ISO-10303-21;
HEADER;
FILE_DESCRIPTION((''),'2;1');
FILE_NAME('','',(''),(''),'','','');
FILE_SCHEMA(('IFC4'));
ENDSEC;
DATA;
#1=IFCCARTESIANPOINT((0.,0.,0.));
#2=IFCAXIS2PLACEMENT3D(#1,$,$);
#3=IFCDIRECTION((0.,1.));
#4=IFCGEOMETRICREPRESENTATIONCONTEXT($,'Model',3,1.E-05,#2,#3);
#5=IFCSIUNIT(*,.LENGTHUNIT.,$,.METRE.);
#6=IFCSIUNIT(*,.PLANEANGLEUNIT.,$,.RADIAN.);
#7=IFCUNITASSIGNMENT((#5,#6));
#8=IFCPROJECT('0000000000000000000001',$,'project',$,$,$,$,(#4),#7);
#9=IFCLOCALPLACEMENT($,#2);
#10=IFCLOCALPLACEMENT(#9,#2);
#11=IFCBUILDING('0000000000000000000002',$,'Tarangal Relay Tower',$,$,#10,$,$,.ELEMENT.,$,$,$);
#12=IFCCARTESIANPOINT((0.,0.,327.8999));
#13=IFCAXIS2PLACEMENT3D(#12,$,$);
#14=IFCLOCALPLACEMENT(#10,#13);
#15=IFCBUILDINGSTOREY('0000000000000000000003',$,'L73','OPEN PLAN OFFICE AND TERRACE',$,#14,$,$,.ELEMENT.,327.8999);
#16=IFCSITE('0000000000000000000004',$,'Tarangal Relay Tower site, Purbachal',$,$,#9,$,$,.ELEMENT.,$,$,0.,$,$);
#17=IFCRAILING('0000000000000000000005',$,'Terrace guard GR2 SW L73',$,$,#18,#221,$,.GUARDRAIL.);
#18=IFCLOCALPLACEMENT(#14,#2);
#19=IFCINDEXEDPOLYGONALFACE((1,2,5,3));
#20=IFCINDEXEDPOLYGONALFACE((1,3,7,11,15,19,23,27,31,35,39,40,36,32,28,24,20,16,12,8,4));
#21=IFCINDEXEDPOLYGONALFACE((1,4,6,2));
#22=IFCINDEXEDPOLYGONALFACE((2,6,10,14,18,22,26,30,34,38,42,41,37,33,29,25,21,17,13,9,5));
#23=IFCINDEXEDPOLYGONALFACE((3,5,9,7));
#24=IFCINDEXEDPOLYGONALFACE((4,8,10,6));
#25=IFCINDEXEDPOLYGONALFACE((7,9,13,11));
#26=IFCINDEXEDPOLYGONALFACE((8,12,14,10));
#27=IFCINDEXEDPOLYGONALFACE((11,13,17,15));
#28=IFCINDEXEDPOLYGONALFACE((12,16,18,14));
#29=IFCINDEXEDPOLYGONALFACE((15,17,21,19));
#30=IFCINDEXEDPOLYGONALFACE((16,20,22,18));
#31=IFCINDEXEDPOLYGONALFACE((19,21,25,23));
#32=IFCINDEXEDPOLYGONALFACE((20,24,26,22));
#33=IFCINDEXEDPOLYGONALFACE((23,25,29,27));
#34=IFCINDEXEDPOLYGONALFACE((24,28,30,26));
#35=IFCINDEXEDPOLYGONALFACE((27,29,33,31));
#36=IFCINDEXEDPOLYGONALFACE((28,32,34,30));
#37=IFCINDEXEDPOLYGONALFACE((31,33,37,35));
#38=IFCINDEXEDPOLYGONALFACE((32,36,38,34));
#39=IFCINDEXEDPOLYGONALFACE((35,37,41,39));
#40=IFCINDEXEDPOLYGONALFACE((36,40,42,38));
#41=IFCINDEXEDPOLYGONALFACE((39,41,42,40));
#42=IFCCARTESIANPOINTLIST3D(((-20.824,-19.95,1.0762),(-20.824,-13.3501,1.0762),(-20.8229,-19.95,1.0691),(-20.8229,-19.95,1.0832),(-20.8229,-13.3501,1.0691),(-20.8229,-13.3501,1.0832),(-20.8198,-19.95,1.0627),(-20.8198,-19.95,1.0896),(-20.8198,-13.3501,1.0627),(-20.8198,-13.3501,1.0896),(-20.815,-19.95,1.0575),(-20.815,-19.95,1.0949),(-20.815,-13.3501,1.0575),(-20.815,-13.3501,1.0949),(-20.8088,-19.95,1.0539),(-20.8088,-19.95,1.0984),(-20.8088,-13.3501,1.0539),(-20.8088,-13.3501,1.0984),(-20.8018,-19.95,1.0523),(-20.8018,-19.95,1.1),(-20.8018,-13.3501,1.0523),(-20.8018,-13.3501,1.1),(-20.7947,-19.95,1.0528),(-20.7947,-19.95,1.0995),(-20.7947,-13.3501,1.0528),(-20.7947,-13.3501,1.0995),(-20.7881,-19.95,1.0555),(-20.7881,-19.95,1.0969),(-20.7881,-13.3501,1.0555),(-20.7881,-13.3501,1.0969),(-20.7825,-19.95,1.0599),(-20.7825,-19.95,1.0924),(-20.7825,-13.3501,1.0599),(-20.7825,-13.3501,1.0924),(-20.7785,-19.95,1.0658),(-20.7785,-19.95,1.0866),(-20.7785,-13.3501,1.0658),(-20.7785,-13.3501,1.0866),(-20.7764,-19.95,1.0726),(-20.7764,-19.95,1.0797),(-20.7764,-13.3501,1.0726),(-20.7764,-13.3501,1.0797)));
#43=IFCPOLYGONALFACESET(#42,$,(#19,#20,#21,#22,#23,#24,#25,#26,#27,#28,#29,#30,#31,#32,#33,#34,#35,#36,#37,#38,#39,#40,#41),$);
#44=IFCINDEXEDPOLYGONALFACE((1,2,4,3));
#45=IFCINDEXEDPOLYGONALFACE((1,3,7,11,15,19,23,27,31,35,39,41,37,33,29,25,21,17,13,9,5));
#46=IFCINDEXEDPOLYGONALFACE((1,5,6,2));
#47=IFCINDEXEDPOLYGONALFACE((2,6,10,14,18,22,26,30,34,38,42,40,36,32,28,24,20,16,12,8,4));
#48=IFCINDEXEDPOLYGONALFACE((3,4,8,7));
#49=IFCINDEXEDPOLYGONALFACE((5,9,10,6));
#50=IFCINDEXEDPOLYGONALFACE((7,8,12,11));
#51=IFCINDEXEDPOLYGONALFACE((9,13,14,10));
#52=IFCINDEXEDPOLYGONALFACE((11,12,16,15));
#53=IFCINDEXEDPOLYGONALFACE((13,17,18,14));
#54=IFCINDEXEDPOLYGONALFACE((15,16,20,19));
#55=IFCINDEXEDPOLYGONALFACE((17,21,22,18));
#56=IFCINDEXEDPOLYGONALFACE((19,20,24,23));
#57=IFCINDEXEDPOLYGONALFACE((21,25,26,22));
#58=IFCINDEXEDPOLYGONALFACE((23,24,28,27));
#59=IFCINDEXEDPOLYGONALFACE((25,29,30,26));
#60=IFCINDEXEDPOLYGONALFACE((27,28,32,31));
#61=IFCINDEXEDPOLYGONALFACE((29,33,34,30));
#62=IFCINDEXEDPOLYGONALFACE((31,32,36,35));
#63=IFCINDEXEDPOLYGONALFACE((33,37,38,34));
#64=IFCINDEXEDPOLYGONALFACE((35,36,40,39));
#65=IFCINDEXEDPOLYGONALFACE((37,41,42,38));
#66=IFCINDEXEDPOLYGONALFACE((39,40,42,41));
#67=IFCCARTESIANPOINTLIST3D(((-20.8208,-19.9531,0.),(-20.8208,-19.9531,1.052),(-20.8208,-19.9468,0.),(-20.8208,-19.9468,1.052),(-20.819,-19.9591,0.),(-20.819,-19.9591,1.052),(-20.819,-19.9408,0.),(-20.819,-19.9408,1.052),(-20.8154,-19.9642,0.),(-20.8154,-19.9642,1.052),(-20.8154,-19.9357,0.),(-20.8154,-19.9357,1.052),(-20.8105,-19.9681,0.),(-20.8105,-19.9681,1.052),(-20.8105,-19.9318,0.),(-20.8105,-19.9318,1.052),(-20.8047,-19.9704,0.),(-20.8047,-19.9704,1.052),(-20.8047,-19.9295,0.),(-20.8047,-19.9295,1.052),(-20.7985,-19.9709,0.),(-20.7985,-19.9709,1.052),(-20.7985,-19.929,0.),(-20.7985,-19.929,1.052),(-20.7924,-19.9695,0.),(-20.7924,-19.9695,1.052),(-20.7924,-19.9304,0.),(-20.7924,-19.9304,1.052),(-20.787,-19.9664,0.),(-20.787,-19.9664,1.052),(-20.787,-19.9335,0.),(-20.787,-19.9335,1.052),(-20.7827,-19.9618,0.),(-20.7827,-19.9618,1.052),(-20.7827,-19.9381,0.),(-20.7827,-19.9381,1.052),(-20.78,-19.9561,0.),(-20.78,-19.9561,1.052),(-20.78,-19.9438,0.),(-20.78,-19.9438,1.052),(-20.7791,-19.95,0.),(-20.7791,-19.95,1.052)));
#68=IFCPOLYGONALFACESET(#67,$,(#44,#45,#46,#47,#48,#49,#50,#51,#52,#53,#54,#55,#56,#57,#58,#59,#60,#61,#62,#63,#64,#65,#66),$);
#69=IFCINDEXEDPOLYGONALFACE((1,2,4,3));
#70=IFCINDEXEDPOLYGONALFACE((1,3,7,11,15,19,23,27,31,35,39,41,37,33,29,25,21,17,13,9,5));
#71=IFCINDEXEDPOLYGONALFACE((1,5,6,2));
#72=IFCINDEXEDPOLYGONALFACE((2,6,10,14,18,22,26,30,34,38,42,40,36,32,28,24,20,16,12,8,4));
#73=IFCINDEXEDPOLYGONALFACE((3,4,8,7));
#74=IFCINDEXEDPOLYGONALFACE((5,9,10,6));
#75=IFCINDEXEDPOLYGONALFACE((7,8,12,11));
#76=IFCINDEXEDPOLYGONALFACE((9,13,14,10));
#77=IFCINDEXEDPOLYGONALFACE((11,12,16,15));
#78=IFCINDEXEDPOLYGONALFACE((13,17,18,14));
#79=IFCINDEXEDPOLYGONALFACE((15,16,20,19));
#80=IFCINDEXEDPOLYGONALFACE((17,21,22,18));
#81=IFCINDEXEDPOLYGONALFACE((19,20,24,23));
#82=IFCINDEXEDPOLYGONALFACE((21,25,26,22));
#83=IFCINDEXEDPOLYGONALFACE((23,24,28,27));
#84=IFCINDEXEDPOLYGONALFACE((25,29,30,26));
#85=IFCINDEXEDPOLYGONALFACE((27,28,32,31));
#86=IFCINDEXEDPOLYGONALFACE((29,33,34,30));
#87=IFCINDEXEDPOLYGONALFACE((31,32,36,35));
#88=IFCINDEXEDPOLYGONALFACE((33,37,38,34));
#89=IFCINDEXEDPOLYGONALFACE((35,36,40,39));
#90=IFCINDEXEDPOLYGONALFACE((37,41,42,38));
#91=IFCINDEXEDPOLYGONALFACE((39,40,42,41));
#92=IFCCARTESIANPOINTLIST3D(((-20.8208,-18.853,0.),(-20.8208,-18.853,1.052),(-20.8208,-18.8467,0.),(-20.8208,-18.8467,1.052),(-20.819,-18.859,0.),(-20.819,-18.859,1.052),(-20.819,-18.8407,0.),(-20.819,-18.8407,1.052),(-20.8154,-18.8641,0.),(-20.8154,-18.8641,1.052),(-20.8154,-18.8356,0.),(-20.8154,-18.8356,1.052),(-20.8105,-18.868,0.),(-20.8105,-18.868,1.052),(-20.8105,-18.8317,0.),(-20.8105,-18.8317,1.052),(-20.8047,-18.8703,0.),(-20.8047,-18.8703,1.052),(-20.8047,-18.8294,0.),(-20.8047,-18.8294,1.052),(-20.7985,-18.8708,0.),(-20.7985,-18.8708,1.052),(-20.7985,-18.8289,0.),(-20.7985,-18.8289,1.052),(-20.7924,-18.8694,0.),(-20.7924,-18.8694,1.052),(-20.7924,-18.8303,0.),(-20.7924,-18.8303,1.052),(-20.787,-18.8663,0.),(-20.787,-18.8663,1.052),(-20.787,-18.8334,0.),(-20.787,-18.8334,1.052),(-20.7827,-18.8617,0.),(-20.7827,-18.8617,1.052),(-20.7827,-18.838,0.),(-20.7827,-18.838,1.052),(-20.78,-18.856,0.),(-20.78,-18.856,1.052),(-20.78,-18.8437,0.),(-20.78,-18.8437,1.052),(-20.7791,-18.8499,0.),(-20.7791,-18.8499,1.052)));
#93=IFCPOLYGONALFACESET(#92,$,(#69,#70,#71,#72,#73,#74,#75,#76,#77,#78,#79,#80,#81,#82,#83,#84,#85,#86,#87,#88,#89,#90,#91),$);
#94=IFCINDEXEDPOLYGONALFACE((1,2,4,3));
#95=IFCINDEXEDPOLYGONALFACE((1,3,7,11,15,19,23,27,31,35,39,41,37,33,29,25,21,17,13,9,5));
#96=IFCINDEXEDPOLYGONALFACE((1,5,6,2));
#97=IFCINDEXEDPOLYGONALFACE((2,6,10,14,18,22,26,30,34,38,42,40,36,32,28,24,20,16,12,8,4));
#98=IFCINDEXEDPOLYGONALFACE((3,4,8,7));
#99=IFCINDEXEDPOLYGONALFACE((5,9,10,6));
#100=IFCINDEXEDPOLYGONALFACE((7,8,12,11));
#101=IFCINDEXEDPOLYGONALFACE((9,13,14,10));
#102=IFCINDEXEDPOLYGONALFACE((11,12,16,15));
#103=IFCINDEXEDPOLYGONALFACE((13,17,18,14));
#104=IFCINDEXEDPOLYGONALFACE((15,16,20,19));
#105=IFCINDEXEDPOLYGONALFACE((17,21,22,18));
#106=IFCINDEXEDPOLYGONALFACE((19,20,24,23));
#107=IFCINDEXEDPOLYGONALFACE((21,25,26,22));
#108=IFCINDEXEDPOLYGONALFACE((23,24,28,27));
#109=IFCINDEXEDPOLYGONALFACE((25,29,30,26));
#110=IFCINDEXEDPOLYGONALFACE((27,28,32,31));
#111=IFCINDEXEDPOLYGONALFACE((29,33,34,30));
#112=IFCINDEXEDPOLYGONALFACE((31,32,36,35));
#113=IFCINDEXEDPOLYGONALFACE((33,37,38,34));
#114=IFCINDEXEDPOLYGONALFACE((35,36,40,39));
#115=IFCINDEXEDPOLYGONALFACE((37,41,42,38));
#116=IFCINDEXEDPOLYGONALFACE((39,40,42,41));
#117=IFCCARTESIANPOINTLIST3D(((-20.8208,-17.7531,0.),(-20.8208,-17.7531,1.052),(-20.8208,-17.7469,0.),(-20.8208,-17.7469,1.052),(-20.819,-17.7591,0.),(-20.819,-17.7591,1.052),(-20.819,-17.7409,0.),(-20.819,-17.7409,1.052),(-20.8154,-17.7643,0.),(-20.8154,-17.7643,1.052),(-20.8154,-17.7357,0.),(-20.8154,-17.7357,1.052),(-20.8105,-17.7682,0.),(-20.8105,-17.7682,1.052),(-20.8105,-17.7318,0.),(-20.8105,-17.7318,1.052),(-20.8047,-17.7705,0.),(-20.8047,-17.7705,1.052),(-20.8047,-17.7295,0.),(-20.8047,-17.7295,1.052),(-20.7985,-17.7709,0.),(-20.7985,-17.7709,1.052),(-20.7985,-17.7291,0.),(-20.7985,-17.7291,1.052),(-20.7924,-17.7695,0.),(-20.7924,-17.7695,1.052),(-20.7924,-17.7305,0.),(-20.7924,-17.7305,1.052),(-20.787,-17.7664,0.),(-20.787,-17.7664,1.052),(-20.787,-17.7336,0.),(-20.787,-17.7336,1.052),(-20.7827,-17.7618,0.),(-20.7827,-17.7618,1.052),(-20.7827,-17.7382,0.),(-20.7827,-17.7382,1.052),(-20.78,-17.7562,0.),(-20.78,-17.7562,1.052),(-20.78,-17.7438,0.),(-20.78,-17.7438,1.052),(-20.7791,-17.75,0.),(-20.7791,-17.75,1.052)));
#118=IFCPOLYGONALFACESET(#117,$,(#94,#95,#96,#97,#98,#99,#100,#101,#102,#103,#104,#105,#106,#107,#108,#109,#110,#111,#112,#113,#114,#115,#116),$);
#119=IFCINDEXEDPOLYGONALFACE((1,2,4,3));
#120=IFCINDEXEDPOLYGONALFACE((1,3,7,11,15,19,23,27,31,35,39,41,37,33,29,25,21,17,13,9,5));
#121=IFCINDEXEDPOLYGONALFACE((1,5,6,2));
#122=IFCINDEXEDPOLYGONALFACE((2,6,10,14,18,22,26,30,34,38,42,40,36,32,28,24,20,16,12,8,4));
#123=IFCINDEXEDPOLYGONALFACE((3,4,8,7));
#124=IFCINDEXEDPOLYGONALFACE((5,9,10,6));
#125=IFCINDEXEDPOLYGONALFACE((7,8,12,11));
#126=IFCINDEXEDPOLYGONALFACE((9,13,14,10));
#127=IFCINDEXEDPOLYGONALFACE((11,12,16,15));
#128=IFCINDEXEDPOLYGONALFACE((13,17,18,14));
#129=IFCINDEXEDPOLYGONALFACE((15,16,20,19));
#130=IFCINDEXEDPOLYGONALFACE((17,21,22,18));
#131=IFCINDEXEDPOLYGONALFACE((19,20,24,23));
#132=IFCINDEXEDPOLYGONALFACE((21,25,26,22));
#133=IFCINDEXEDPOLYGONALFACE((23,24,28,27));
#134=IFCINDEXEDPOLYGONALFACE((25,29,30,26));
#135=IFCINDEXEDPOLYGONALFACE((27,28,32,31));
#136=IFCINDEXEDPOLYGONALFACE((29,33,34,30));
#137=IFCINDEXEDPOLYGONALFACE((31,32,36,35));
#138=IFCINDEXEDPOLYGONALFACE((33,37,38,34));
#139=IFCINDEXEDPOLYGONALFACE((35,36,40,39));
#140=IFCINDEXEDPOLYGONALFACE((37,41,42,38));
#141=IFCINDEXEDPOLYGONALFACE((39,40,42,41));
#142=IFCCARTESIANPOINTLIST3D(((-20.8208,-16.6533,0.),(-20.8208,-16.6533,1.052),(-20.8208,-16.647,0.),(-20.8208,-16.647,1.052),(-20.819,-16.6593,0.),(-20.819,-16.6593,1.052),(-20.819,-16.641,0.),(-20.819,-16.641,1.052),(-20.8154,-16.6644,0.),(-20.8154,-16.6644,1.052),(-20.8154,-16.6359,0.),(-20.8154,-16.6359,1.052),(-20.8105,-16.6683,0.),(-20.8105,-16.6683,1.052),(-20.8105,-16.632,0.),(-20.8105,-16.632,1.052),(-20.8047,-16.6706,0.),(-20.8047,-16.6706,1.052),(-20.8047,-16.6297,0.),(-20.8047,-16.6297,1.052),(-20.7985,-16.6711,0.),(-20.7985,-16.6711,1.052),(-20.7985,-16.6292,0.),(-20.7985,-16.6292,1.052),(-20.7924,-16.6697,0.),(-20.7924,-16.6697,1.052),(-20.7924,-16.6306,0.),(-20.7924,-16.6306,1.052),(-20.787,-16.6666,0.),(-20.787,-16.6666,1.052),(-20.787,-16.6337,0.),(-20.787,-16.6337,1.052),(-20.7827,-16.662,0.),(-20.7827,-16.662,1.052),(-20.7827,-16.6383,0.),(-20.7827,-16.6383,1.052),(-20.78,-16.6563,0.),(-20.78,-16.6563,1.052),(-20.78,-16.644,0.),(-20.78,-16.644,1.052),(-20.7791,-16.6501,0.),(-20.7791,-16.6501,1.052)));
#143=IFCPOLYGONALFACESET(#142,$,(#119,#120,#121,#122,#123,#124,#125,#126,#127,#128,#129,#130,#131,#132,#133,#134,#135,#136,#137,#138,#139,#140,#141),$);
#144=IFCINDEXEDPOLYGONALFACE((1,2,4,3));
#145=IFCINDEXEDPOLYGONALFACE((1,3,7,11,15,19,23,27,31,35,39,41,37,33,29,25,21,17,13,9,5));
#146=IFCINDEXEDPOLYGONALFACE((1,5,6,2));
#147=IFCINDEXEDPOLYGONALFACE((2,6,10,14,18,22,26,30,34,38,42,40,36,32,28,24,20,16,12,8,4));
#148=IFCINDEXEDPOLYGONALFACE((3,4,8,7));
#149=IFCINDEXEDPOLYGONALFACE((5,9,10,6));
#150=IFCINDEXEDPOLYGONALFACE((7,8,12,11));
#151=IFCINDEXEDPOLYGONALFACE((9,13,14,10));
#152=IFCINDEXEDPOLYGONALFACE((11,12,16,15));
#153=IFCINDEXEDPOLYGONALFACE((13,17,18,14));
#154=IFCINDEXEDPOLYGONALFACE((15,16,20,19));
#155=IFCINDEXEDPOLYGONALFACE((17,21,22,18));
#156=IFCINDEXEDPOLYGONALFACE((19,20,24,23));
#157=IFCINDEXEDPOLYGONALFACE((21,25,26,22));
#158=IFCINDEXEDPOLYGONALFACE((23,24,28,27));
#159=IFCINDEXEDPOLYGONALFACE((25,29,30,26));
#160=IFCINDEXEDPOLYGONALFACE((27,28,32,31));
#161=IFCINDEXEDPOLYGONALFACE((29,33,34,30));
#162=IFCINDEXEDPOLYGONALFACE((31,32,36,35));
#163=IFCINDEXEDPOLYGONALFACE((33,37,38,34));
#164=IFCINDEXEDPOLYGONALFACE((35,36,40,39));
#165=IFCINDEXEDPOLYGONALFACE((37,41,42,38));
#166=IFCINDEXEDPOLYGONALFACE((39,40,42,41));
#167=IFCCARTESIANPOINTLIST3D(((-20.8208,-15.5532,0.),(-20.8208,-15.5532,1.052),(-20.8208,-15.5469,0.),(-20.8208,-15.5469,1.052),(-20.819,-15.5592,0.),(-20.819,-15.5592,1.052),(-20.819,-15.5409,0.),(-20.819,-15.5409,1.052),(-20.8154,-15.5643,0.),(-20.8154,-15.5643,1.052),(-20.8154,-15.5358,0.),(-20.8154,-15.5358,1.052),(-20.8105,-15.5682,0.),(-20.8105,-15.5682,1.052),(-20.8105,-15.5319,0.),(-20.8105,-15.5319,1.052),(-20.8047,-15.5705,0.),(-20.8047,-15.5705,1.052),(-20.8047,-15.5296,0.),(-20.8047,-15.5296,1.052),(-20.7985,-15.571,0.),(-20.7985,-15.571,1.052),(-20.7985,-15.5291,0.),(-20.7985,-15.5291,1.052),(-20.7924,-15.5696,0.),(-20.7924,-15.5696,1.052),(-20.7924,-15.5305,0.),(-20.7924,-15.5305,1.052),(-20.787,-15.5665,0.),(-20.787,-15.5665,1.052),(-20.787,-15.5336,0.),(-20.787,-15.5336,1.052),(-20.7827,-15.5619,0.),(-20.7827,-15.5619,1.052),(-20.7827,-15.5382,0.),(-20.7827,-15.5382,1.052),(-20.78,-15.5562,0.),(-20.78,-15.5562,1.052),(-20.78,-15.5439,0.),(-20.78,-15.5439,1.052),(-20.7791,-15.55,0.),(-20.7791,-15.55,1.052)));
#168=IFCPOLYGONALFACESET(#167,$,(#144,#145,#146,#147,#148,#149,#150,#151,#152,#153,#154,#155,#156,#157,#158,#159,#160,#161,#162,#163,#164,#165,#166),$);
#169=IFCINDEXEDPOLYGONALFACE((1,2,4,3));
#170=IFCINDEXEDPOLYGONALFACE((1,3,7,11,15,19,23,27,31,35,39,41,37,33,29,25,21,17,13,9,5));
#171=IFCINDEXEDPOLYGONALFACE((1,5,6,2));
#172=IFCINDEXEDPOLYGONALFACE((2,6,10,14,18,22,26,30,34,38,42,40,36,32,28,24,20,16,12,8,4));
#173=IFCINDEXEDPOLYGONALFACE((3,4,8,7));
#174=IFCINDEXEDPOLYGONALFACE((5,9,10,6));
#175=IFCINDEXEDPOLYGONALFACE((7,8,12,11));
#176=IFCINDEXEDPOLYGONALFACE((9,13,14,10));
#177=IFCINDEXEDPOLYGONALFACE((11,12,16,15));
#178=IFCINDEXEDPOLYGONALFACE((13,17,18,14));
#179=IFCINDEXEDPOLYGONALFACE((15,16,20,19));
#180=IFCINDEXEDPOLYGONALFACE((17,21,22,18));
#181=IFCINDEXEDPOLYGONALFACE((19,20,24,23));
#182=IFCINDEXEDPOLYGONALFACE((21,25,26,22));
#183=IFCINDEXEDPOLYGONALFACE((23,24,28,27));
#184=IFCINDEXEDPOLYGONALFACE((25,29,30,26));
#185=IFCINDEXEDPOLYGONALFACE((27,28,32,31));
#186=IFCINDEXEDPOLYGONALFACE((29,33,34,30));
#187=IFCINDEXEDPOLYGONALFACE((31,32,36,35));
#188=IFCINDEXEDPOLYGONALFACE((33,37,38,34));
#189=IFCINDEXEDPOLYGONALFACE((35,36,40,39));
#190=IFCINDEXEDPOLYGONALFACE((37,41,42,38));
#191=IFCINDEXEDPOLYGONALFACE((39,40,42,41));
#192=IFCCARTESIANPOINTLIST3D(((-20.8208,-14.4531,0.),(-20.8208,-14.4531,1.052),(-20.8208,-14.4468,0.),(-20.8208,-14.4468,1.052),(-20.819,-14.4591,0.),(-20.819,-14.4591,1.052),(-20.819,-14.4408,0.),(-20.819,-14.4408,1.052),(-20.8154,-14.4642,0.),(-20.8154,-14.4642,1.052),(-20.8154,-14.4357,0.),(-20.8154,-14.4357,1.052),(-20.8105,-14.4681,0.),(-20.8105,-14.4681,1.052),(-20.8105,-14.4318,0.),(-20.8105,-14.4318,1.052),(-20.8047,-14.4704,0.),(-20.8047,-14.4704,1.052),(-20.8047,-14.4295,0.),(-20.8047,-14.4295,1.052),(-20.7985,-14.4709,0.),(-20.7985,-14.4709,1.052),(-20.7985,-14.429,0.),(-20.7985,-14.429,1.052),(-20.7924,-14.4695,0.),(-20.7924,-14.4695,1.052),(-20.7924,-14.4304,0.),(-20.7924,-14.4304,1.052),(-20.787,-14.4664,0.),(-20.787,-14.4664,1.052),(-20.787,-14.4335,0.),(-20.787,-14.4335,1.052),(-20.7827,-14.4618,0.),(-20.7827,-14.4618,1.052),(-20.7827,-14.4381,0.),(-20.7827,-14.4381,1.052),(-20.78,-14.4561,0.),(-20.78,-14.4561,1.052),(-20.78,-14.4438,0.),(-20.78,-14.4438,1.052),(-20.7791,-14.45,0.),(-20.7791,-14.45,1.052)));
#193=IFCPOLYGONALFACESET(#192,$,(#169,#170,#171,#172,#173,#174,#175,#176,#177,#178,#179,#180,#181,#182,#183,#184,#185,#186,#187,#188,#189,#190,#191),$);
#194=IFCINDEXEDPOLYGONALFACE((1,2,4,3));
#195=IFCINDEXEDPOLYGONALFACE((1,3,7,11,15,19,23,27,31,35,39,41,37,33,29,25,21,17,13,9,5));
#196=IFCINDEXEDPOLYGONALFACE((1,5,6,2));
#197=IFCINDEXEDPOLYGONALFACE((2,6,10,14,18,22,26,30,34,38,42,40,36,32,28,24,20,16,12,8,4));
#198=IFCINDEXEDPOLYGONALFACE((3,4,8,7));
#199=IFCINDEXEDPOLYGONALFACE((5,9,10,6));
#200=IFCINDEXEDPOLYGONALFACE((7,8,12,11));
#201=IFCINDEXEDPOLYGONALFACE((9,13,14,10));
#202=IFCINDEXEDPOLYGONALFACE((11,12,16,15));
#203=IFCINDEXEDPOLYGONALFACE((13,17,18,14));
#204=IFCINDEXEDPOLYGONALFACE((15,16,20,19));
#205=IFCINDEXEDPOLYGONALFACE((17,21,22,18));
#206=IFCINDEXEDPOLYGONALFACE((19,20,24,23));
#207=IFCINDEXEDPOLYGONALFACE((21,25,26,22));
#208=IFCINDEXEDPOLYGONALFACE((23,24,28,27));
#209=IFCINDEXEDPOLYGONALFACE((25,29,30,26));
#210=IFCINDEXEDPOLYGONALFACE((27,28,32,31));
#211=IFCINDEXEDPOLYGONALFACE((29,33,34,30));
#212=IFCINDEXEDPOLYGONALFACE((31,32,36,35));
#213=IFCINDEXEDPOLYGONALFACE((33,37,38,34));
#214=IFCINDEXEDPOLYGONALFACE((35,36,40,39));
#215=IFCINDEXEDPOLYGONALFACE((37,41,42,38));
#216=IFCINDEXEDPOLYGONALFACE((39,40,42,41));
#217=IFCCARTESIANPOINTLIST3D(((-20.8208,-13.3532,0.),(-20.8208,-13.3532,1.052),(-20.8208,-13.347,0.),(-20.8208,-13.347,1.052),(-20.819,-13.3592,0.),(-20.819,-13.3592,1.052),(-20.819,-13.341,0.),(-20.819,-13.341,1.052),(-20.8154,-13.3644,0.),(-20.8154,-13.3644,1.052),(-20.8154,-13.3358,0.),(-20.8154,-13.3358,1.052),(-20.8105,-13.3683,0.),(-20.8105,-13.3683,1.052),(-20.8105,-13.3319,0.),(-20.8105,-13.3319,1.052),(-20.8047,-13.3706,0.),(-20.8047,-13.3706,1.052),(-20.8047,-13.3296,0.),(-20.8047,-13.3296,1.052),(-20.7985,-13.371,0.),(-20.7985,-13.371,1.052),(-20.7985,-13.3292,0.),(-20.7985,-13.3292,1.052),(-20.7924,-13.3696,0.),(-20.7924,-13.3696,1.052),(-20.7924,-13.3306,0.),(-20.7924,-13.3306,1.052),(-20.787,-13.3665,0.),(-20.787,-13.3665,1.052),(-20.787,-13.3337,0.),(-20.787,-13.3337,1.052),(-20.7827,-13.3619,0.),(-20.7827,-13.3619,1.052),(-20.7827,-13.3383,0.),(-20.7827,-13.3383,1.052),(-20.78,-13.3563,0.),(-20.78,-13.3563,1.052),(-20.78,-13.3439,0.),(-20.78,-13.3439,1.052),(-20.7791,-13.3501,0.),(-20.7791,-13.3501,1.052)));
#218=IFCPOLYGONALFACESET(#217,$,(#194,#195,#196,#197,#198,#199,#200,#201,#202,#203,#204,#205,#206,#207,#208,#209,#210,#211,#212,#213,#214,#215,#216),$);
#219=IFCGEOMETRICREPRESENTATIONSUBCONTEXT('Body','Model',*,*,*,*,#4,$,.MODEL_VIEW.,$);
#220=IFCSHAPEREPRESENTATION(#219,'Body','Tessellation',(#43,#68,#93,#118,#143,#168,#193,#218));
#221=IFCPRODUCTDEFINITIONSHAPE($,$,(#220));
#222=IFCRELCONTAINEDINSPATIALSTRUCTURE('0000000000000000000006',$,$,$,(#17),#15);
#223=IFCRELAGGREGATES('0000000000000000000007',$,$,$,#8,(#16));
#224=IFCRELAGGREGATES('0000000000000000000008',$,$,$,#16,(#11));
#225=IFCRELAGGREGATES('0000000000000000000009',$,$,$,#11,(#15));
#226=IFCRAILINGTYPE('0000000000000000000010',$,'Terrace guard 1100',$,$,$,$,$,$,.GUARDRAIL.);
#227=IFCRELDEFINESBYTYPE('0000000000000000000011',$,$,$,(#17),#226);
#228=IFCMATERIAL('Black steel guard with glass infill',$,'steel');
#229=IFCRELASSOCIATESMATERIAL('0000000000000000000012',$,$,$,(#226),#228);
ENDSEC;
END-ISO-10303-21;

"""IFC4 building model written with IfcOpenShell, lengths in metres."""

from ifc_helpers import new_model, si_unit, direction, frame, origin, origin_2d, place, context, subcontext, project, spatial, circle, extrude, material, type_object, element, save


model = new_model("IFC4")

# Units and contexts
model_context = context("Model", 3, precision=1e-05, world=origin(), true_north=direction((0.0, 1.0)))
body_context = subcontext(model_context, "Body", "Model", "MODEL_VIEW")
ifc_project = project(units=[si_unit("LENGTHUNIT", "METRE"), si_unit("PLANEANGLEUNIT", "RADIAN")], contexts=[model_context])

# Site, building, storey
site_placement = place(None, origin())
site = spatial("IfcSite", under=ifc_project, at=site_placement, Name="Tarangal Relay Tower site, Purbachal", CompositionType="ELEMENT", RefElevation=0.0)
building_placement = place(site_placement, origin())
building = spatial("IfcBuilding", under=site, at=building_placement, Name="Tarangal Relay Tower", CompositionType="ELEMENT")
storey_placement = place(building_placement, frame((0.0, 0.0, 327.8999)))
storey = spatial("IfcBuildingStorey", under=building, at=storey_placement, Name="L73", Description="OPEN PLAN OFFICE AND TERRACE", CompositionType="ELEMENT", Elevation=327.8999)

# Railing
ifc_material_1 = material(Name="Black steel guard with glass infill", Category="steel")
railing_type = type_object("IfcRailingType", Name="Terrace guard 1100", PredefinedType="GUARDRAIL", material=ifc_material_1)
railing_1_placement = place(storey_placement, frame((-20.8, -19.95, 0.0)))
element("IfcRailing", 1, at=railing_1_placement, inside=storey, type_object=railing_type, Name="Terrace guard GR2 SW L73", PredefinedType="GUARDRAIL", context=body_context, shape_type="SweptSolid", body=[
    extrude(circle(Radius=0.0239, at=origin_2d()), frame((0.0, 0.0, 1.0762), z_axis=(0.0, 1.0, 0.0), x_axis=(-1.0, 0.0, 0.0)), (0.0, 0.0, 1.0), 6.5999),
    extrude(circle(Radius=0.021, at=origin_2d()), origin(), (0.0, 0.0, 1.0), 1.052),
    extrude(circle(Radius=0.021, at=origin_2d()), frame((0.0, 1.1001, 0.0)), (0.0, 0.0, 1.0), 1.052),
    extrude(circle(Radius=0.021, at=origin_2d()), frame((0.0, 2.2, 0.0)), (0.0, 0.0, 1.0), 1.052),
    extrude(circle(Radius=0.021, at=origin_2d()), frame((0.0, 3.2998, 0.0)), (0.0, 0.0, 1.0), 1.052),
    extrude(circle(Radius=0.021, at=origin_2d()), frame((0.0, 4.3999, 0.0)), (0.0, 0.0, 1.0), 1.052),
    extrude(circle(Radius=0.021, at=origin_2d()), frame((0.0, 5.5, 0.0)), (0.0, 0.0, 1.0), 1.052),
    extrude(circle(Radius=0.021, at=origin_2d()), frame((0.0, 6.5999, 0.0)), (0.0, 0.0, 1.0), 1.052),
])

save(model, "model.ifc")
